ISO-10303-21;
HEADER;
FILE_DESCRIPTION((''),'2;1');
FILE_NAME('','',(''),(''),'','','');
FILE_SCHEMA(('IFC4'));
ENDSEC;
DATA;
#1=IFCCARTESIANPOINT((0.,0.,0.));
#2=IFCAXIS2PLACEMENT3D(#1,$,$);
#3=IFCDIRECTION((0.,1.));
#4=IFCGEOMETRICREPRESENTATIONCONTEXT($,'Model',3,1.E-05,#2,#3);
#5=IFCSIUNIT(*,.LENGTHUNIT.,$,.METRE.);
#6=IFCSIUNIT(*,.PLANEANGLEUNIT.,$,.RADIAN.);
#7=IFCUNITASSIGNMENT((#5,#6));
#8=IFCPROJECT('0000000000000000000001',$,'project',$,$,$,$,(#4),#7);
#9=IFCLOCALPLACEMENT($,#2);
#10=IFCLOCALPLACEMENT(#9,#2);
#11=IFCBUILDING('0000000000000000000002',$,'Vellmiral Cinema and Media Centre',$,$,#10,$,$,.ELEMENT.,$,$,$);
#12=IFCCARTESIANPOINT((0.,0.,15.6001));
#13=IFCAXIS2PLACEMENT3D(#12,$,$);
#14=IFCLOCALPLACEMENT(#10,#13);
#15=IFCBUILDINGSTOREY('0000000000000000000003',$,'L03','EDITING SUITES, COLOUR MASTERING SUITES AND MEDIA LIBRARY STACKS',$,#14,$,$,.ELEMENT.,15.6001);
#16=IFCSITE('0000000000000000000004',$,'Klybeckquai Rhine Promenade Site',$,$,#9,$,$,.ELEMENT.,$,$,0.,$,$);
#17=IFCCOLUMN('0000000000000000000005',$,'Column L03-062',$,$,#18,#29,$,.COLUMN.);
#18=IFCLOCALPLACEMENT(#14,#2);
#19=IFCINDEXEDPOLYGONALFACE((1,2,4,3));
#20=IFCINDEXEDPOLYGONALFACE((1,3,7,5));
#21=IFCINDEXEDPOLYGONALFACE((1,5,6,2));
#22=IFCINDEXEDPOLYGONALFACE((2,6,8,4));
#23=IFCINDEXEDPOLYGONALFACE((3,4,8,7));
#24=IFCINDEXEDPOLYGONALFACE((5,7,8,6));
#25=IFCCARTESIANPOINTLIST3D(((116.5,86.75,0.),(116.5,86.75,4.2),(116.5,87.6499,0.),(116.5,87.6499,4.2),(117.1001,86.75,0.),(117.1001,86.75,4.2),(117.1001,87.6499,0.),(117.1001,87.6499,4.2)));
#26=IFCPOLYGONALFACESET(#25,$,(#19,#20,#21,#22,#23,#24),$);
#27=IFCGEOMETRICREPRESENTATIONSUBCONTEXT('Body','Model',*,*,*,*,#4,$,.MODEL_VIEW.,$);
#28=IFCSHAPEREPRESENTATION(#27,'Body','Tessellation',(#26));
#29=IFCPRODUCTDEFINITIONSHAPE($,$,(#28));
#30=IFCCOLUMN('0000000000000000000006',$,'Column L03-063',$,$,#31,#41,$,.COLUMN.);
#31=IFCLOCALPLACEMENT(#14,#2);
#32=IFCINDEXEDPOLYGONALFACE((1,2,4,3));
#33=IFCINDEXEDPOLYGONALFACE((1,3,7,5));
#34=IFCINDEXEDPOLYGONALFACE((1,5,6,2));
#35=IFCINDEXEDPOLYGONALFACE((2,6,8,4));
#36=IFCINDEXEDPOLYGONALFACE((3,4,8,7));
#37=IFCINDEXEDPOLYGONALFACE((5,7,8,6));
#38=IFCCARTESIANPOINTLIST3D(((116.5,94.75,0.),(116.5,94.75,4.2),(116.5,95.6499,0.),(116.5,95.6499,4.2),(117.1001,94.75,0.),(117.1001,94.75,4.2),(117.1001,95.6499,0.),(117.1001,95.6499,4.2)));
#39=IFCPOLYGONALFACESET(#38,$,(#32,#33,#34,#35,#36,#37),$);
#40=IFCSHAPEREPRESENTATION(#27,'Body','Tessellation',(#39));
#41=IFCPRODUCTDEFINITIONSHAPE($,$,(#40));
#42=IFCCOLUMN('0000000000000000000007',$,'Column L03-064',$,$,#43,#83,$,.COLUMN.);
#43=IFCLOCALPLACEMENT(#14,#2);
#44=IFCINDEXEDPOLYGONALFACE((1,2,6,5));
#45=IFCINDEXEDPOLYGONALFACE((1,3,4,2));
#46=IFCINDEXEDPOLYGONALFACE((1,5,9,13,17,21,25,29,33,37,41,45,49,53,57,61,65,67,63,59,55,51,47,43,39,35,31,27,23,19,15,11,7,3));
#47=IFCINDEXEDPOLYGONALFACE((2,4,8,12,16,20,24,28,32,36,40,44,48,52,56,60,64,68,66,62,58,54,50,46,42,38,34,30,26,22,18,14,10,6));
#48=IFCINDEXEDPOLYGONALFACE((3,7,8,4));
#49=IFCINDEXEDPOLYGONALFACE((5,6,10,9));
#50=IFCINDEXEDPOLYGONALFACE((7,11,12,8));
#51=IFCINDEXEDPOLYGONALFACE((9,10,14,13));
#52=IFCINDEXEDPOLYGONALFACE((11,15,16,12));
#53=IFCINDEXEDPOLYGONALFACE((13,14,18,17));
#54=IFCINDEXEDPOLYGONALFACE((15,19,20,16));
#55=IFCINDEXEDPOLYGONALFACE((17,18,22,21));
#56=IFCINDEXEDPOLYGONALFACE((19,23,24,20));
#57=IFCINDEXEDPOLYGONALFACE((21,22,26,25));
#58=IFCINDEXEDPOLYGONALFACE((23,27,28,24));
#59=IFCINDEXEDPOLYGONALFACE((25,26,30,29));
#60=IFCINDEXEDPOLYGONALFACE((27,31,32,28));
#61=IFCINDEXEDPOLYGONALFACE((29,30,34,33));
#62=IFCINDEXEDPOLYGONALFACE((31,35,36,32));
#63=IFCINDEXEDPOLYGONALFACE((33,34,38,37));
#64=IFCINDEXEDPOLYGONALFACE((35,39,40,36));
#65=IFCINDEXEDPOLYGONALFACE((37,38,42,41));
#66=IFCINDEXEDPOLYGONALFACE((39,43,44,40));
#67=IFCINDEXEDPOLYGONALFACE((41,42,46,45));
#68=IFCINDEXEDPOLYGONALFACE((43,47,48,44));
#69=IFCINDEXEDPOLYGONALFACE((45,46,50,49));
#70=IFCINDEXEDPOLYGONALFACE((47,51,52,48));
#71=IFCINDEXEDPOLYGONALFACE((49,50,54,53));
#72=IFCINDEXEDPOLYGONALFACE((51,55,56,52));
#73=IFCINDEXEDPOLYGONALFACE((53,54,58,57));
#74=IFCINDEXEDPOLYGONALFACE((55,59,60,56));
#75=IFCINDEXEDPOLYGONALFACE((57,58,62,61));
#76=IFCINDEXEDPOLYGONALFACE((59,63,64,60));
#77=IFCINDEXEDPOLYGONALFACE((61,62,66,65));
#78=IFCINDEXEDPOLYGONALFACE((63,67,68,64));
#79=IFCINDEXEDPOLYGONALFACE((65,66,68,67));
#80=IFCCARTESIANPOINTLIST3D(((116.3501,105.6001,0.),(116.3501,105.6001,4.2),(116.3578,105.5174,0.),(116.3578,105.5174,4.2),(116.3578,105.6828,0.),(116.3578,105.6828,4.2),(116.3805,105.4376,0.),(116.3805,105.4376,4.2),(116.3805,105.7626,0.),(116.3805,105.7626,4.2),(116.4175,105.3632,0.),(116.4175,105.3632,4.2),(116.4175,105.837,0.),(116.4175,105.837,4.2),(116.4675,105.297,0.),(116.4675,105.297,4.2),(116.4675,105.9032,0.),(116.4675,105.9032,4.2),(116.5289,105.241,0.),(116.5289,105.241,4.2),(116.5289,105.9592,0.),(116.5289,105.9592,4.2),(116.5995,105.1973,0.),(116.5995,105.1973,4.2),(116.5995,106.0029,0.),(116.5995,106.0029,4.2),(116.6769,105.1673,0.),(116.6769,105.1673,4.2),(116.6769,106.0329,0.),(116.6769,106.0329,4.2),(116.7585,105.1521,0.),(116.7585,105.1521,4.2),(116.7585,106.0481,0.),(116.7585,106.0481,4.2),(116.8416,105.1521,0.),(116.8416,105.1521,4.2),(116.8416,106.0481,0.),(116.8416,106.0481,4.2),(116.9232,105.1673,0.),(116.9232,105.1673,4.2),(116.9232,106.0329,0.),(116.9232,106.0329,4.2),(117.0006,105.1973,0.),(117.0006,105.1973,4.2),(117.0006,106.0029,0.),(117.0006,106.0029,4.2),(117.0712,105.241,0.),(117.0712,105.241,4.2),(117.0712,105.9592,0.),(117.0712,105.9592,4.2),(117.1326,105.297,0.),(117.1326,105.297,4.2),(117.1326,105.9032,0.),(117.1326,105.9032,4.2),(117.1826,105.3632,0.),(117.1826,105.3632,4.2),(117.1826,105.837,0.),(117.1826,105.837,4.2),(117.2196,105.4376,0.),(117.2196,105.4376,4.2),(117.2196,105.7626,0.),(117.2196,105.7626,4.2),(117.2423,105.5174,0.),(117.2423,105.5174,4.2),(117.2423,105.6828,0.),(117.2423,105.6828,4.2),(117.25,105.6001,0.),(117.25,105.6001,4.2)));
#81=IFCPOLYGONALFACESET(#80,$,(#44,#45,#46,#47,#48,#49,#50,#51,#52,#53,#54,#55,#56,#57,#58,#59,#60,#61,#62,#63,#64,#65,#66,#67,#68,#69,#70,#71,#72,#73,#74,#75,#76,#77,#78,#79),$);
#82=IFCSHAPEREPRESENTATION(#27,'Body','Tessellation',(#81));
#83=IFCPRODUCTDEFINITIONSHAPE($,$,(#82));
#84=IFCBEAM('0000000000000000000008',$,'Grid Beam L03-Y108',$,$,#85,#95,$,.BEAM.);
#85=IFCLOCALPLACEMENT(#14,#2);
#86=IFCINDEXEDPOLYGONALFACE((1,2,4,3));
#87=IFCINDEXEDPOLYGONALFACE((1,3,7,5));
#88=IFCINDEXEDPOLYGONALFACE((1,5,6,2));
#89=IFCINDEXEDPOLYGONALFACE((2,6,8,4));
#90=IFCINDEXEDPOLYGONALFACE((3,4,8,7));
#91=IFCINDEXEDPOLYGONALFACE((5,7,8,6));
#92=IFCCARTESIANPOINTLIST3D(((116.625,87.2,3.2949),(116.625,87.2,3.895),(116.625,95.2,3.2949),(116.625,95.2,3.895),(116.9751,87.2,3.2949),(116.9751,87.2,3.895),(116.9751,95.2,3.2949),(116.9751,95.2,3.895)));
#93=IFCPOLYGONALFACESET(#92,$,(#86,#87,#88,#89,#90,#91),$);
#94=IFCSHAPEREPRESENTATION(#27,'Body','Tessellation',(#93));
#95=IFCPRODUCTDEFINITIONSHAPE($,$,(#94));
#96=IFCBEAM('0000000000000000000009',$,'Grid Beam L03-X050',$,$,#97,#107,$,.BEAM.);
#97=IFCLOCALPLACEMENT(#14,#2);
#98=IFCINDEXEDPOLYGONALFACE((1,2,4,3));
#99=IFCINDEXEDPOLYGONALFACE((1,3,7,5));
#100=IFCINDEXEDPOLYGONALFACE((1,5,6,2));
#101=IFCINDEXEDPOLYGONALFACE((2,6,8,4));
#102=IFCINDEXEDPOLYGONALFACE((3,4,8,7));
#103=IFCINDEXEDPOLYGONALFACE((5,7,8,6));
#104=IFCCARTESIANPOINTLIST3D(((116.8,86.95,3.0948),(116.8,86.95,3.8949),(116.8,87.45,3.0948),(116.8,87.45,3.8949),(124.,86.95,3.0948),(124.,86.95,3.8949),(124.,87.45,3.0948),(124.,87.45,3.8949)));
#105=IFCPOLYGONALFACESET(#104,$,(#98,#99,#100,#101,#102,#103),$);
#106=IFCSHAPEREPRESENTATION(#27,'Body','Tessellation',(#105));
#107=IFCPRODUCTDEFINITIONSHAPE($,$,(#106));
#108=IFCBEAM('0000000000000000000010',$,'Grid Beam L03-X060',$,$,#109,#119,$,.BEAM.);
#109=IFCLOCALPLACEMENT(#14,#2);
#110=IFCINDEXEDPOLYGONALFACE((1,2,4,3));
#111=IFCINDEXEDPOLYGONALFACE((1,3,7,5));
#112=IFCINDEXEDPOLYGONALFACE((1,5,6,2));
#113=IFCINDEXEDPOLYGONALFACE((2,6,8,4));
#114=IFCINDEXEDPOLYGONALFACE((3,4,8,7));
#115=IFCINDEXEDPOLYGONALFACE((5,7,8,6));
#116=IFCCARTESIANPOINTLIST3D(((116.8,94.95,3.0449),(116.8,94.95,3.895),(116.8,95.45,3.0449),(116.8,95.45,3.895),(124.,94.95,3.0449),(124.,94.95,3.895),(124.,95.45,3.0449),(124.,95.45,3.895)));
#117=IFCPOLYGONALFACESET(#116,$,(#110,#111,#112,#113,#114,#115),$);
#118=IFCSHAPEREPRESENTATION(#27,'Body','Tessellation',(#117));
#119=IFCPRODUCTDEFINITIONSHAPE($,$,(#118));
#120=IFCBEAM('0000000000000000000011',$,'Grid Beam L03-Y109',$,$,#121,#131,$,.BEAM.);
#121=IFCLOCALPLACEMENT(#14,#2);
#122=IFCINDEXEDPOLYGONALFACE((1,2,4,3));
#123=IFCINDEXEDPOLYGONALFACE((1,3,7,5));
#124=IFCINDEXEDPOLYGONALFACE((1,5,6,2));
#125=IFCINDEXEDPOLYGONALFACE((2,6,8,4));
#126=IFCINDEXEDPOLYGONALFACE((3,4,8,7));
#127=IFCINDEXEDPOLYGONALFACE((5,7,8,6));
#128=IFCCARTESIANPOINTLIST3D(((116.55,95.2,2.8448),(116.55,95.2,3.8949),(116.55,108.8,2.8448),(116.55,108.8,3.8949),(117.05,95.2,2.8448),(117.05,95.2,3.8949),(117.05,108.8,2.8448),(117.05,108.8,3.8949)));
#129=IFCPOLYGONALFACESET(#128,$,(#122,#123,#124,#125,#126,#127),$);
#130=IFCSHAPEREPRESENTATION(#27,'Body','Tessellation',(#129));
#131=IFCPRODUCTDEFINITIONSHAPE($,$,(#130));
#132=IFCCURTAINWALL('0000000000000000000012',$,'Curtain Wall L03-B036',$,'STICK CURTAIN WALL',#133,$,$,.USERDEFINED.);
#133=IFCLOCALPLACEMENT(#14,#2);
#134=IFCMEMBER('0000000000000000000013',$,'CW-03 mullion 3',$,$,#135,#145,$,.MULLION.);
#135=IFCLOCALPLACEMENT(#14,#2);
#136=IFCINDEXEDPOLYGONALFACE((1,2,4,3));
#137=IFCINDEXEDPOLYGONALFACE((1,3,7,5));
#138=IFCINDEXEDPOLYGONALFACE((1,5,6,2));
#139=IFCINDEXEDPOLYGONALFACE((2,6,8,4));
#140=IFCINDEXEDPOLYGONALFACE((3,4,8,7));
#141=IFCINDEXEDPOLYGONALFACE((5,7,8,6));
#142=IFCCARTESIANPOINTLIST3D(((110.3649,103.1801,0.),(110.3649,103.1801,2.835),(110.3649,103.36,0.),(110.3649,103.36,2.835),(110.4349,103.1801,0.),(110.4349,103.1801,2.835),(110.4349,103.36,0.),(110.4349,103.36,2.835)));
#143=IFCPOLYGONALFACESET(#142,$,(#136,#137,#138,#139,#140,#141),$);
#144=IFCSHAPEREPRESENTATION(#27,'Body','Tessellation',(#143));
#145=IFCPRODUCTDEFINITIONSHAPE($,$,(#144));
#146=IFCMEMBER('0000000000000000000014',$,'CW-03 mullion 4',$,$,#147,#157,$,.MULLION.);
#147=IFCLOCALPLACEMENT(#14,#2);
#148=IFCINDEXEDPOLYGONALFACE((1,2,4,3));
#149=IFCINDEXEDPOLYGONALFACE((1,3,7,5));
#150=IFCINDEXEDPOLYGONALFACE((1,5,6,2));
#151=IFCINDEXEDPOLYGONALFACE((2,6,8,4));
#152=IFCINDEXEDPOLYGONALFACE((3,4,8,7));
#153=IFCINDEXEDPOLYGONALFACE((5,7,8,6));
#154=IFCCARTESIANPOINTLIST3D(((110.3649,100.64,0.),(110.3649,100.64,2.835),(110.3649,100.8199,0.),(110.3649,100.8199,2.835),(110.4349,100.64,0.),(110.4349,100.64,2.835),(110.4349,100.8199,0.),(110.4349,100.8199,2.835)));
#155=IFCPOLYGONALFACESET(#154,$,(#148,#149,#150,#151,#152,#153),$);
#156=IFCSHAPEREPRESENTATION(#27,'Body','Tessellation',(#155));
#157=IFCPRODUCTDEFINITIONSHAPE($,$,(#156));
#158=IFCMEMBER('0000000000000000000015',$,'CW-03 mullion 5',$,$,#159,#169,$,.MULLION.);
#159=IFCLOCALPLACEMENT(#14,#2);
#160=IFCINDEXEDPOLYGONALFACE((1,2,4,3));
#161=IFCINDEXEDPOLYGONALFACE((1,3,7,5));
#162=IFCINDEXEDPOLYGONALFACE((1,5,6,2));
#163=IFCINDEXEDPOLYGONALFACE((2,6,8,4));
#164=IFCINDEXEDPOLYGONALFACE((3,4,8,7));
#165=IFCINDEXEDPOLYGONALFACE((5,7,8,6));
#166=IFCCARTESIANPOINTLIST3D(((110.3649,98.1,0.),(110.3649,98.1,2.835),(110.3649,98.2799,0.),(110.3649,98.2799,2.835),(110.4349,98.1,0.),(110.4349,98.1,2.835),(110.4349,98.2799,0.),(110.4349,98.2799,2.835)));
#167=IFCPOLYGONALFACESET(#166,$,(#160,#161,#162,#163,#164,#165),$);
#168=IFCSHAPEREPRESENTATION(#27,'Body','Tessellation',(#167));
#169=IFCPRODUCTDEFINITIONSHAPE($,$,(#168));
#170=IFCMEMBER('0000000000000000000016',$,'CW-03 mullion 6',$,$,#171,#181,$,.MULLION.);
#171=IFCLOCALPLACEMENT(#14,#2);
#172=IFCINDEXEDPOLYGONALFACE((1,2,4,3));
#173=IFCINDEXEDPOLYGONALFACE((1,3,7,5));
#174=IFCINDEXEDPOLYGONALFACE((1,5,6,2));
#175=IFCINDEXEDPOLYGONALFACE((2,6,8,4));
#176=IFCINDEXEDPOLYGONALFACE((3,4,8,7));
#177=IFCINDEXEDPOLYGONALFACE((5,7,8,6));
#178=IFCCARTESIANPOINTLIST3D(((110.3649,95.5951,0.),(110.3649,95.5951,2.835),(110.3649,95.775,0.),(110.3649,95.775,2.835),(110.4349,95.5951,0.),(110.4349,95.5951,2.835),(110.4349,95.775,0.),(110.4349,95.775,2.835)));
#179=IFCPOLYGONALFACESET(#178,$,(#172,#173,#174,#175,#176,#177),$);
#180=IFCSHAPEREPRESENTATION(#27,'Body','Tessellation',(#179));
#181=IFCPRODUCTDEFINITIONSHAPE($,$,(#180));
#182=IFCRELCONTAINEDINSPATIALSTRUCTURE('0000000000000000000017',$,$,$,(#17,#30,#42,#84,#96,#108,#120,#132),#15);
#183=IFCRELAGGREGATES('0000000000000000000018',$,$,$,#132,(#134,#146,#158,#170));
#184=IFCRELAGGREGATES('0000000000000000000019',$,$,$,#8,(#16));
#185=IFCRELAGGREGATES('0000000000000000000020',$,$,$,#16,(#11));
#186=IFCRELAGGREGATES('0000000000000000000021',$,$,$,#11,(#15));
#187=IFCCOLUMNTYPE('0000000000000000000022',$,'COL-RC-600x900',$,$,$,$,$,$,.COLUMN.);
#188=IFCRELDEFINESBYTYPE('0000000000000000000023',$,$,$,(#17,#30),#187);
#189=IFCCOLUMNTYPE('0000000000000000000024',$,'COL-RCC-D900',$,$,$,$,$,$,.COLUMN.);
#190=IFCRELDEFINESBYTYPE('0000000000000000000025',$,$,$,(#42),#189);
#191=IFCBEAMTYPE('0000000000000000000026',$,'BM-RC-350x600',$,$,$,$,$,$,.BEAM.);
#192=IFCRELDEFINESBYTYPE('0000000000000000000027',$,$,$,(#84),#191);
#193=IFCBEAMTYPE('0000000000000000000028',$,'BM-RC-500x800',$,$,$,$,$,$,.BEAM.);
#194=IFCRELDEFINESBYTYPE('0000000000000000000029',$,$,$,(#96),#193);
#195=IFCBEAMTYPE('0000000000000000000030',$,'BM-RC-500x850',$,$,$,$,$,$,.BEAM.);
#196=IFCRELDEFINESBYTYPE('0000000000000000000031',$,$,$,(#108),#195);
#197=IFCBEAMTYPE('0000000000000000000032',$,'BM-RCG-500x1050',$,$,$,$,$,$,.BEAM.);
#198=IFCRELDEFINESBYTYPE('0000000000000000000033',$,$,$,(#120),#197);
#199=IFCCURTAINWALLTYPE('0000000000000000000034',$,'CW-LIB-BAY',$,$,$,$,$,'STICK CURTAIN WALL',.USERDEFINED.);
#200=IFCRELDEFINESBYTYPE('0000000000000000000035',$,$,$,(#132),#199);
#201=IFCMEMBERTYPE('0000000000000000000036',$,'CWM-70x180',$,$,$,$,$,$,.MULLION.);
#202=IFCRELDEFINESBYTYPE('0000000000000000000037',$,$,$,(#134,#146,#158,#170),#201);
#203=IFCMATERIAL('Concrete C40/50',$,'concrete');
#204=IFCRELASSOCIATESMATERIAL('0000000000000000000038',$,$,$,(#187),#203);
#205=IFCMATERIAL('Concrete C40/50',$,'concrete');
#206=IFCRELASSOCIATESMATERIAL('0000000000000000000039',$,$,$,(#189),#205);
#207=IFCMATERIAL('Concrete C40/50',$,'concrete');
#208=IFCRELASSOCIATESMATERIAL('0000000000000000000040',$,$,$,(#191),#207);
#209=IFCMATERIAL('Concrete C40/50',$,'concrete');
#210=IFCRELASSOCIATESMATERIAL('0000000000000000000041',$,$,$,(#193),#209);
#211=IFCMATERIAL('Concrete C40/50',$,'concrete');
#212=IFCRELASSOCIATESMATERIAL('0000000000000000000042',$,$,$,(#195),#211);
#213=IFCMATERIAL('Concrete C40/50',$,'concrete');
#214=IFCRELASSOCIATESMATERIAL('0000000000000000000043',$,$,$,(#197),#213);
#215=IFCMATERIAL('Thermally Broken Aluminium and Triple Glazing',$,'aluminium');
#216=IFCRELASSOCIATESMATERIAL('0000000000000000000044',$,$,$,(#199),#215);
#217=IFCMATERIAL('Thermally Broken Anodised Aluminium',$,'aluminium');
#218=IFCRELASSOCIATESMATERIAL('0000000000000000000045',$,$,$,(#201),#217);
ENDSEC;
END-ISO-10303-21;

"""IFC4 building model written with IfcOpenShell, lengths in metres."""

from ifc_helpers import new_model, si_unit, direction, frame, origin, origin_2d, place, context, subcontext, project, spatial, rectangle, circle, extrude, material, material_profile, profile_set, type_object, element, aggregate, save


model = new_model("IFC4")

# Units and contexts
model_context = context("Model", 3, precision=1e-05, world=origin(), true_north=direction((0.0, 1.0)))
body_context = subcontext(model_context, "Body", "Model", "MODEL_VIEW")
ifc_project = project(units=[si_unit("LENGTHUNIT", "METRE"), si_unit("PLANEANGLEUNIT", "RADIAN")], contexts=[model_context])

# Site, building, storey
site_placement = place(None, origin())
site = spatial("IfcSite", under=ifc_project, at=site_placement, Name="Klybeckquai Rhine Promenade Site", CompositionType="ELEMENT", RefElevation=0.0)
building_placement = place(site_placement, origin())
building = spatial("IfcBuilding", under=site, at=building_placement, Name="Vellmiral Cinema and Media Centre", CompositionType="ELEMENT")
storey_placement = place(building_placement, frame((0.0, 0.0, 15.6001)))
storey = spatial("IfcBuildingStorey", under=building, at=storey_placement, Name="L03", Description="EDITING SUITES, COLOUR MASTERING SUITES AND MEDIA LIBRARY STACKS", CompositionType="ELEMENT", Elevation=15.6001)

# Columns
ifc_material_1 = material(Name="Concrete C40/50", Category="concrete")
ifc_material_profile_1 = material_profile(ifc_material_1, rectangle(XDim=0.6001, YDim=0.8999, at=origin_2d()), Name="RC 600x900")
ifc_profile_set_1 = profile_set([ifc_material_profile_1], Name="Concrete C40/50")
column_type_1 = type_object("IfcColumnType", Name="COL-RC-600x900", PredefinedType="COLUMN", material=ifc_profile_set_1)
for number, where, z_axis, x_axis, name in (
    (1, (116.8, 87.2, 0.0), (0.0, 0.0, 1.0), (1.0, 0.0, 0.0), "Column L03-062"),
    (2, (116.8, 95.2, 0.0), (0.0, 0.0, 1.0), (1.0, 0.0, 0.0), "Column L03-063"),
):
    element("IfcColumn", number, at=place(storey_placement, frame(where, z_axis=z_axis, x_axis=x_axis)), inside=storey, type_object=column_type_1, Name=name, PredefinedType="COLUMN", context=body_context, shape_type="SweptSolid", body=[
        extrude(rectangle(XDim=0.6001, YDim=0.8999, at=origin_2d()), origin(), (0.0, 0.0, 1.0), 4.2),
    ])
ifc_material_2 = material(Name="Concrete C40/50", Category="concrete")
ifc_material_profile_2 = material_profile(ifc_material_2, circle(Radius=0.45, at=origin_2d()), Name="RC D900")
ifc_profile_set_2 = profile_set([ifc_material_profile_2], Name="Concrete C40/50")
column_type_2 = type_object("IfcColumnType", Name="COL-RCC-D900", PredefinedType="COLUMN", material=ifc_profile_set_2)
column_placement = place(storey_placement, frame((116.8, 105.6001, 0.0), z_axis=(0.0, 0.0, 1.0), x_axis=(1.0, 0.0, 0.0)))
element("IfcColumn", 3, at=column_placement, inside=storey, type_object=column_type_2, Name="Column L03-064", PredefinedType="COLUMN", context=body_context, shape_type="SweptSolid", body=[
    extrude(circle(Radius=0.45, at=origin_2d()), origin(), (0.0, 0.0, 1.0), 4.2),
])

# Beams
ifc_material_3 = material(Name="Concrete C40/50", Category="concrete")
ifc_material_profile_3 = material_profile(ifc_material_3, rectangle(XDim=0.3501, YDim=0.6001, at=origin_2d()), Name="RC 350x600")
ifc_profile_set_3 = profile_set([ifc_material_profile_3], Name="Concrete C40/50")
beam_type_1 = type_object("IfcBeamType", Name="BM-RC-350x600", PredefinedType="BEAM", material=ifc_profile_set_3)
beam_1_placement = place(storey_placement, frame((116.8, 87.2, 3.595), z_axis=(0.0, 1.0, 0.0), x_axis=(-1.0, 0.0, 0.0)))
element("IfcBeam", 4, at=beam_1_placement, inside=storey, type_object=beam_type_1, Name="Grid Beam L03-Y108", PredefinedType="BEAM", context=body_context, shape_type="SweptSolid", body=[
    extrude(rectangle(XDim=0.3501, YDim=0.6001, at=origin_2d()), origin(), (0.0, 0.0, 1.0), 8.0),
])
ifc_material_4 = material(Name="Concrete C40/50", Category="concrete")
ifc_material_profile_4 = material_profile(ifc_material_4, rectangle(XDim=0.5, YDim=0.8, at=origin_2d()), Name="RC 500x800")
ifc_profile_set_4 = profile_set([ifc_material_profile_4], Name="Concrete C40/50")
beam_type_2 = type_object("IfcBeamType", Name="BM-RC-500x800", PredefinedType="BEAM", material=ifc_profile_set_4)
beam_2_placement = place(storey_placement, frame((116.8, 87.2, 3.4949), z_axis=(1.0, 0.0, 0.0), x_axis=(0.0, 1.0, 0.0)))
element("IfcBeam", 5, at=beam_2_placement, inside=storey, type_object=beam_type_2, Name="Grid Beam L03-X050", PredefinedType="BEAM", context=body_context, shape_type="SweptSolid", body=[
    extrude(rectangle(XDim=0.5, YDim=0.8, at=origin_2d()), origin(), (0.0, 0.0, 1.0), 7.2),
])
ifc_material_5 = material(Name="Concrete C40/50", Category="concrete")
ifc_material_profile_5 = material_profile(ifc_material_5, rectangle(XDim=0.5, YDim=0.8501, at=origin_2d()), Name="RC 500x850")
ifc_profile_set_5 = profile_set([ifc_material_profile_5], Name="Concrete C40/50")
beam_type_3 = type_object("IfcBeamType", Name="BM-RC-500x850", PredefinedType="BEAM", material=ifc_profile_set_5)
beam_3_placement = place(storey_placement, frame((116.8, 95.2, 3.47), z_axis=(1.0, 0.0, 0.0), x_axis=(0.0, 1.0, 0.0)))
element("IfcBeam", 6, at=beam_3_placement, inside=storey, type_object=beam_type_3, Name="Grid Beam L03-X060", PredefinedType="BEAM", context=body_context, shape_type="SweptSolid", body=[
    extrude(rectangle(XDim=0.5, YDim=0.8501, at=origin_2d()), origin(), (0.0, 0.0, 1.0), 7.2),
])
ifc_material_6 = material(Name="Concrete C40/50", Category="concrete")
ifc_material_profile_6 = material_profile(ifc_material_6, rectangle(XDim=0.5, YDim=1.05, at=origin_2d()), Name="RC 500x1050")
ifc_profile_set_6 = profile_set([ifc_material_profile_6], Name="Concrete C40/50")
beam_type_4 = type_object("IfcBeamType", Name="BM-RCG-500x1050", PredefinedType="BEAM", material=ifc_profile_set_6)
beam_4_placement = place(storey_placement, frame((116.8, 95.2, 3.3699), z_axis=(0.0, 1.0, 0.0), x_axis=(-1.0, 0.0, 0.0)))
element("IfcBeam", 7, at=beam_4_placement, inside=storey, type_object=beam_type_4, Name="Grid Beam L03-Y109", PredefinedType="BEAM", context=body_context, shape_type="SweptSolid", body=[
    extrude(rectangle(XDim=0.5, YDim=1.05, at=origin_2d()), origin(), (0.0, 0.0, 1.0), 13.6001),
])

# Curtain wall, members
ifc_material_7 = material(Name="Thermally Broken Aluminium and Triple Glazing", Category="aluminium")
curtain_wall_type = type_object("IfcCurtainWallType", Name="CW-LIB-BAY", ElementType="STICK CURTAIN WALL", PredefinedType="USERDEFINED", material=ifc_material_7)
curtain_wall_placement = place(storey_placement, origin())
curtain_wall = element("IfcCurtainWall", 8, at=curtain_wall_placement, inside=storey, type_object=curtain_wall_type, Name="Curtain Wall L03-B036", ObjectType="STICK CURTAIN WALL", PredefinedType="USERDEFINED")
ifc_material_8 = material(Name="Thermally Broken Anodised Aluminium", Category="aluminium")
ifc_material_profile_7 = material_profile(ifc_material_8, rectangle(XDim=0.0701, YDim=0.1799, at=origin_2d()), Name="MULL 70x180")
ifc_profile_set_7 = profile_set([ifc_material_profile_7], Name="Thermally Broken Anodised Aluminium")
member_type_1 = type_object("IfcMemberType", Name="CWM-70x180", PredefinedType="MULLION", material=ifc_profile_set_7)
member_1_placement = place(storey_placement, frame((110.3999, 103.27, 0.0), z_axis=(0.0, 0.0, 1.0), x_axis=(1.0, 0.0, 0.0)))
member_1 = element("IfcMember", 9, at=member_1_placement, type_object=member_type_1, Name="CW-03 mullion 3", PredefinedType="MULLION", context=body_context, shape_type="SweptSolid", body=[
    extrude(rectangle(XDim=0.0701, YDim=0.1799, at=origin_2d()), origin(), (0.0, 0.0, 1.0), 2.835),
])
member_2_placement = place(storey_placement, frame((110.3999, 100.73, 0.0), z_axis=(0.0, 0.0, 1.0), x_axis=(1.0, 0.0, 0.0)))
member_2 = element("IfcMember", 10, at=member_2_placement, type_object=member_type_1, Name="CW-03 mullion 4", PredefinedType="MULLION", context=body_context, shape_type="SweptSolid", body=[
    extrude(rectangle(XDim=0.0701, YDim=0.1799, at=origin_2d()), origin(), (0.0, 0.0, 1.0), 2.835),
])
member_3_placement = place(storey_placement, frame((110.3999, 98.1899, 0.0), z_axis=(0.0, 0.0, 1.0), x_axis=(1.0, 0.0, 0.0)))
member_3 = element("IfcMember", 11, at=member_3_placement, type_object=member_type_1, Name="CW-03 mullion 5", PredefinedType="MULLION", context=body_context, shape_type="SweptSolid", body=[
    extrude(rectangle(XDim=0.0701, YDim=0.1799, at=origin_2d()), origin(), (0.0, 0.0, 1.0), 2.835),
])
member_4_placement = place(storey_placement, frame((110.3999, 95.6851, 0.0), z_axis=(0.0, 0.0, 1.0), x_axis=(1.0, 0.0, 0.0)))
member_4 = element("IfcMember", 12, at=member_4_placement, type_object=member_type_1, Name="CW-03 mullion 6", PredefinedType="MULLION", context=body_context, shape_type="SweptSolid", body=[
    extrude(rectangle(XDim=0.0701, YDim=0.1799, at=origin_2d()), origin(), (0.0, 0.0, 1.0), 2.835),
])

aggregate(curtain_wall, [member_1, member_2, member_3, member_4])

save(model, "model.ifc")
